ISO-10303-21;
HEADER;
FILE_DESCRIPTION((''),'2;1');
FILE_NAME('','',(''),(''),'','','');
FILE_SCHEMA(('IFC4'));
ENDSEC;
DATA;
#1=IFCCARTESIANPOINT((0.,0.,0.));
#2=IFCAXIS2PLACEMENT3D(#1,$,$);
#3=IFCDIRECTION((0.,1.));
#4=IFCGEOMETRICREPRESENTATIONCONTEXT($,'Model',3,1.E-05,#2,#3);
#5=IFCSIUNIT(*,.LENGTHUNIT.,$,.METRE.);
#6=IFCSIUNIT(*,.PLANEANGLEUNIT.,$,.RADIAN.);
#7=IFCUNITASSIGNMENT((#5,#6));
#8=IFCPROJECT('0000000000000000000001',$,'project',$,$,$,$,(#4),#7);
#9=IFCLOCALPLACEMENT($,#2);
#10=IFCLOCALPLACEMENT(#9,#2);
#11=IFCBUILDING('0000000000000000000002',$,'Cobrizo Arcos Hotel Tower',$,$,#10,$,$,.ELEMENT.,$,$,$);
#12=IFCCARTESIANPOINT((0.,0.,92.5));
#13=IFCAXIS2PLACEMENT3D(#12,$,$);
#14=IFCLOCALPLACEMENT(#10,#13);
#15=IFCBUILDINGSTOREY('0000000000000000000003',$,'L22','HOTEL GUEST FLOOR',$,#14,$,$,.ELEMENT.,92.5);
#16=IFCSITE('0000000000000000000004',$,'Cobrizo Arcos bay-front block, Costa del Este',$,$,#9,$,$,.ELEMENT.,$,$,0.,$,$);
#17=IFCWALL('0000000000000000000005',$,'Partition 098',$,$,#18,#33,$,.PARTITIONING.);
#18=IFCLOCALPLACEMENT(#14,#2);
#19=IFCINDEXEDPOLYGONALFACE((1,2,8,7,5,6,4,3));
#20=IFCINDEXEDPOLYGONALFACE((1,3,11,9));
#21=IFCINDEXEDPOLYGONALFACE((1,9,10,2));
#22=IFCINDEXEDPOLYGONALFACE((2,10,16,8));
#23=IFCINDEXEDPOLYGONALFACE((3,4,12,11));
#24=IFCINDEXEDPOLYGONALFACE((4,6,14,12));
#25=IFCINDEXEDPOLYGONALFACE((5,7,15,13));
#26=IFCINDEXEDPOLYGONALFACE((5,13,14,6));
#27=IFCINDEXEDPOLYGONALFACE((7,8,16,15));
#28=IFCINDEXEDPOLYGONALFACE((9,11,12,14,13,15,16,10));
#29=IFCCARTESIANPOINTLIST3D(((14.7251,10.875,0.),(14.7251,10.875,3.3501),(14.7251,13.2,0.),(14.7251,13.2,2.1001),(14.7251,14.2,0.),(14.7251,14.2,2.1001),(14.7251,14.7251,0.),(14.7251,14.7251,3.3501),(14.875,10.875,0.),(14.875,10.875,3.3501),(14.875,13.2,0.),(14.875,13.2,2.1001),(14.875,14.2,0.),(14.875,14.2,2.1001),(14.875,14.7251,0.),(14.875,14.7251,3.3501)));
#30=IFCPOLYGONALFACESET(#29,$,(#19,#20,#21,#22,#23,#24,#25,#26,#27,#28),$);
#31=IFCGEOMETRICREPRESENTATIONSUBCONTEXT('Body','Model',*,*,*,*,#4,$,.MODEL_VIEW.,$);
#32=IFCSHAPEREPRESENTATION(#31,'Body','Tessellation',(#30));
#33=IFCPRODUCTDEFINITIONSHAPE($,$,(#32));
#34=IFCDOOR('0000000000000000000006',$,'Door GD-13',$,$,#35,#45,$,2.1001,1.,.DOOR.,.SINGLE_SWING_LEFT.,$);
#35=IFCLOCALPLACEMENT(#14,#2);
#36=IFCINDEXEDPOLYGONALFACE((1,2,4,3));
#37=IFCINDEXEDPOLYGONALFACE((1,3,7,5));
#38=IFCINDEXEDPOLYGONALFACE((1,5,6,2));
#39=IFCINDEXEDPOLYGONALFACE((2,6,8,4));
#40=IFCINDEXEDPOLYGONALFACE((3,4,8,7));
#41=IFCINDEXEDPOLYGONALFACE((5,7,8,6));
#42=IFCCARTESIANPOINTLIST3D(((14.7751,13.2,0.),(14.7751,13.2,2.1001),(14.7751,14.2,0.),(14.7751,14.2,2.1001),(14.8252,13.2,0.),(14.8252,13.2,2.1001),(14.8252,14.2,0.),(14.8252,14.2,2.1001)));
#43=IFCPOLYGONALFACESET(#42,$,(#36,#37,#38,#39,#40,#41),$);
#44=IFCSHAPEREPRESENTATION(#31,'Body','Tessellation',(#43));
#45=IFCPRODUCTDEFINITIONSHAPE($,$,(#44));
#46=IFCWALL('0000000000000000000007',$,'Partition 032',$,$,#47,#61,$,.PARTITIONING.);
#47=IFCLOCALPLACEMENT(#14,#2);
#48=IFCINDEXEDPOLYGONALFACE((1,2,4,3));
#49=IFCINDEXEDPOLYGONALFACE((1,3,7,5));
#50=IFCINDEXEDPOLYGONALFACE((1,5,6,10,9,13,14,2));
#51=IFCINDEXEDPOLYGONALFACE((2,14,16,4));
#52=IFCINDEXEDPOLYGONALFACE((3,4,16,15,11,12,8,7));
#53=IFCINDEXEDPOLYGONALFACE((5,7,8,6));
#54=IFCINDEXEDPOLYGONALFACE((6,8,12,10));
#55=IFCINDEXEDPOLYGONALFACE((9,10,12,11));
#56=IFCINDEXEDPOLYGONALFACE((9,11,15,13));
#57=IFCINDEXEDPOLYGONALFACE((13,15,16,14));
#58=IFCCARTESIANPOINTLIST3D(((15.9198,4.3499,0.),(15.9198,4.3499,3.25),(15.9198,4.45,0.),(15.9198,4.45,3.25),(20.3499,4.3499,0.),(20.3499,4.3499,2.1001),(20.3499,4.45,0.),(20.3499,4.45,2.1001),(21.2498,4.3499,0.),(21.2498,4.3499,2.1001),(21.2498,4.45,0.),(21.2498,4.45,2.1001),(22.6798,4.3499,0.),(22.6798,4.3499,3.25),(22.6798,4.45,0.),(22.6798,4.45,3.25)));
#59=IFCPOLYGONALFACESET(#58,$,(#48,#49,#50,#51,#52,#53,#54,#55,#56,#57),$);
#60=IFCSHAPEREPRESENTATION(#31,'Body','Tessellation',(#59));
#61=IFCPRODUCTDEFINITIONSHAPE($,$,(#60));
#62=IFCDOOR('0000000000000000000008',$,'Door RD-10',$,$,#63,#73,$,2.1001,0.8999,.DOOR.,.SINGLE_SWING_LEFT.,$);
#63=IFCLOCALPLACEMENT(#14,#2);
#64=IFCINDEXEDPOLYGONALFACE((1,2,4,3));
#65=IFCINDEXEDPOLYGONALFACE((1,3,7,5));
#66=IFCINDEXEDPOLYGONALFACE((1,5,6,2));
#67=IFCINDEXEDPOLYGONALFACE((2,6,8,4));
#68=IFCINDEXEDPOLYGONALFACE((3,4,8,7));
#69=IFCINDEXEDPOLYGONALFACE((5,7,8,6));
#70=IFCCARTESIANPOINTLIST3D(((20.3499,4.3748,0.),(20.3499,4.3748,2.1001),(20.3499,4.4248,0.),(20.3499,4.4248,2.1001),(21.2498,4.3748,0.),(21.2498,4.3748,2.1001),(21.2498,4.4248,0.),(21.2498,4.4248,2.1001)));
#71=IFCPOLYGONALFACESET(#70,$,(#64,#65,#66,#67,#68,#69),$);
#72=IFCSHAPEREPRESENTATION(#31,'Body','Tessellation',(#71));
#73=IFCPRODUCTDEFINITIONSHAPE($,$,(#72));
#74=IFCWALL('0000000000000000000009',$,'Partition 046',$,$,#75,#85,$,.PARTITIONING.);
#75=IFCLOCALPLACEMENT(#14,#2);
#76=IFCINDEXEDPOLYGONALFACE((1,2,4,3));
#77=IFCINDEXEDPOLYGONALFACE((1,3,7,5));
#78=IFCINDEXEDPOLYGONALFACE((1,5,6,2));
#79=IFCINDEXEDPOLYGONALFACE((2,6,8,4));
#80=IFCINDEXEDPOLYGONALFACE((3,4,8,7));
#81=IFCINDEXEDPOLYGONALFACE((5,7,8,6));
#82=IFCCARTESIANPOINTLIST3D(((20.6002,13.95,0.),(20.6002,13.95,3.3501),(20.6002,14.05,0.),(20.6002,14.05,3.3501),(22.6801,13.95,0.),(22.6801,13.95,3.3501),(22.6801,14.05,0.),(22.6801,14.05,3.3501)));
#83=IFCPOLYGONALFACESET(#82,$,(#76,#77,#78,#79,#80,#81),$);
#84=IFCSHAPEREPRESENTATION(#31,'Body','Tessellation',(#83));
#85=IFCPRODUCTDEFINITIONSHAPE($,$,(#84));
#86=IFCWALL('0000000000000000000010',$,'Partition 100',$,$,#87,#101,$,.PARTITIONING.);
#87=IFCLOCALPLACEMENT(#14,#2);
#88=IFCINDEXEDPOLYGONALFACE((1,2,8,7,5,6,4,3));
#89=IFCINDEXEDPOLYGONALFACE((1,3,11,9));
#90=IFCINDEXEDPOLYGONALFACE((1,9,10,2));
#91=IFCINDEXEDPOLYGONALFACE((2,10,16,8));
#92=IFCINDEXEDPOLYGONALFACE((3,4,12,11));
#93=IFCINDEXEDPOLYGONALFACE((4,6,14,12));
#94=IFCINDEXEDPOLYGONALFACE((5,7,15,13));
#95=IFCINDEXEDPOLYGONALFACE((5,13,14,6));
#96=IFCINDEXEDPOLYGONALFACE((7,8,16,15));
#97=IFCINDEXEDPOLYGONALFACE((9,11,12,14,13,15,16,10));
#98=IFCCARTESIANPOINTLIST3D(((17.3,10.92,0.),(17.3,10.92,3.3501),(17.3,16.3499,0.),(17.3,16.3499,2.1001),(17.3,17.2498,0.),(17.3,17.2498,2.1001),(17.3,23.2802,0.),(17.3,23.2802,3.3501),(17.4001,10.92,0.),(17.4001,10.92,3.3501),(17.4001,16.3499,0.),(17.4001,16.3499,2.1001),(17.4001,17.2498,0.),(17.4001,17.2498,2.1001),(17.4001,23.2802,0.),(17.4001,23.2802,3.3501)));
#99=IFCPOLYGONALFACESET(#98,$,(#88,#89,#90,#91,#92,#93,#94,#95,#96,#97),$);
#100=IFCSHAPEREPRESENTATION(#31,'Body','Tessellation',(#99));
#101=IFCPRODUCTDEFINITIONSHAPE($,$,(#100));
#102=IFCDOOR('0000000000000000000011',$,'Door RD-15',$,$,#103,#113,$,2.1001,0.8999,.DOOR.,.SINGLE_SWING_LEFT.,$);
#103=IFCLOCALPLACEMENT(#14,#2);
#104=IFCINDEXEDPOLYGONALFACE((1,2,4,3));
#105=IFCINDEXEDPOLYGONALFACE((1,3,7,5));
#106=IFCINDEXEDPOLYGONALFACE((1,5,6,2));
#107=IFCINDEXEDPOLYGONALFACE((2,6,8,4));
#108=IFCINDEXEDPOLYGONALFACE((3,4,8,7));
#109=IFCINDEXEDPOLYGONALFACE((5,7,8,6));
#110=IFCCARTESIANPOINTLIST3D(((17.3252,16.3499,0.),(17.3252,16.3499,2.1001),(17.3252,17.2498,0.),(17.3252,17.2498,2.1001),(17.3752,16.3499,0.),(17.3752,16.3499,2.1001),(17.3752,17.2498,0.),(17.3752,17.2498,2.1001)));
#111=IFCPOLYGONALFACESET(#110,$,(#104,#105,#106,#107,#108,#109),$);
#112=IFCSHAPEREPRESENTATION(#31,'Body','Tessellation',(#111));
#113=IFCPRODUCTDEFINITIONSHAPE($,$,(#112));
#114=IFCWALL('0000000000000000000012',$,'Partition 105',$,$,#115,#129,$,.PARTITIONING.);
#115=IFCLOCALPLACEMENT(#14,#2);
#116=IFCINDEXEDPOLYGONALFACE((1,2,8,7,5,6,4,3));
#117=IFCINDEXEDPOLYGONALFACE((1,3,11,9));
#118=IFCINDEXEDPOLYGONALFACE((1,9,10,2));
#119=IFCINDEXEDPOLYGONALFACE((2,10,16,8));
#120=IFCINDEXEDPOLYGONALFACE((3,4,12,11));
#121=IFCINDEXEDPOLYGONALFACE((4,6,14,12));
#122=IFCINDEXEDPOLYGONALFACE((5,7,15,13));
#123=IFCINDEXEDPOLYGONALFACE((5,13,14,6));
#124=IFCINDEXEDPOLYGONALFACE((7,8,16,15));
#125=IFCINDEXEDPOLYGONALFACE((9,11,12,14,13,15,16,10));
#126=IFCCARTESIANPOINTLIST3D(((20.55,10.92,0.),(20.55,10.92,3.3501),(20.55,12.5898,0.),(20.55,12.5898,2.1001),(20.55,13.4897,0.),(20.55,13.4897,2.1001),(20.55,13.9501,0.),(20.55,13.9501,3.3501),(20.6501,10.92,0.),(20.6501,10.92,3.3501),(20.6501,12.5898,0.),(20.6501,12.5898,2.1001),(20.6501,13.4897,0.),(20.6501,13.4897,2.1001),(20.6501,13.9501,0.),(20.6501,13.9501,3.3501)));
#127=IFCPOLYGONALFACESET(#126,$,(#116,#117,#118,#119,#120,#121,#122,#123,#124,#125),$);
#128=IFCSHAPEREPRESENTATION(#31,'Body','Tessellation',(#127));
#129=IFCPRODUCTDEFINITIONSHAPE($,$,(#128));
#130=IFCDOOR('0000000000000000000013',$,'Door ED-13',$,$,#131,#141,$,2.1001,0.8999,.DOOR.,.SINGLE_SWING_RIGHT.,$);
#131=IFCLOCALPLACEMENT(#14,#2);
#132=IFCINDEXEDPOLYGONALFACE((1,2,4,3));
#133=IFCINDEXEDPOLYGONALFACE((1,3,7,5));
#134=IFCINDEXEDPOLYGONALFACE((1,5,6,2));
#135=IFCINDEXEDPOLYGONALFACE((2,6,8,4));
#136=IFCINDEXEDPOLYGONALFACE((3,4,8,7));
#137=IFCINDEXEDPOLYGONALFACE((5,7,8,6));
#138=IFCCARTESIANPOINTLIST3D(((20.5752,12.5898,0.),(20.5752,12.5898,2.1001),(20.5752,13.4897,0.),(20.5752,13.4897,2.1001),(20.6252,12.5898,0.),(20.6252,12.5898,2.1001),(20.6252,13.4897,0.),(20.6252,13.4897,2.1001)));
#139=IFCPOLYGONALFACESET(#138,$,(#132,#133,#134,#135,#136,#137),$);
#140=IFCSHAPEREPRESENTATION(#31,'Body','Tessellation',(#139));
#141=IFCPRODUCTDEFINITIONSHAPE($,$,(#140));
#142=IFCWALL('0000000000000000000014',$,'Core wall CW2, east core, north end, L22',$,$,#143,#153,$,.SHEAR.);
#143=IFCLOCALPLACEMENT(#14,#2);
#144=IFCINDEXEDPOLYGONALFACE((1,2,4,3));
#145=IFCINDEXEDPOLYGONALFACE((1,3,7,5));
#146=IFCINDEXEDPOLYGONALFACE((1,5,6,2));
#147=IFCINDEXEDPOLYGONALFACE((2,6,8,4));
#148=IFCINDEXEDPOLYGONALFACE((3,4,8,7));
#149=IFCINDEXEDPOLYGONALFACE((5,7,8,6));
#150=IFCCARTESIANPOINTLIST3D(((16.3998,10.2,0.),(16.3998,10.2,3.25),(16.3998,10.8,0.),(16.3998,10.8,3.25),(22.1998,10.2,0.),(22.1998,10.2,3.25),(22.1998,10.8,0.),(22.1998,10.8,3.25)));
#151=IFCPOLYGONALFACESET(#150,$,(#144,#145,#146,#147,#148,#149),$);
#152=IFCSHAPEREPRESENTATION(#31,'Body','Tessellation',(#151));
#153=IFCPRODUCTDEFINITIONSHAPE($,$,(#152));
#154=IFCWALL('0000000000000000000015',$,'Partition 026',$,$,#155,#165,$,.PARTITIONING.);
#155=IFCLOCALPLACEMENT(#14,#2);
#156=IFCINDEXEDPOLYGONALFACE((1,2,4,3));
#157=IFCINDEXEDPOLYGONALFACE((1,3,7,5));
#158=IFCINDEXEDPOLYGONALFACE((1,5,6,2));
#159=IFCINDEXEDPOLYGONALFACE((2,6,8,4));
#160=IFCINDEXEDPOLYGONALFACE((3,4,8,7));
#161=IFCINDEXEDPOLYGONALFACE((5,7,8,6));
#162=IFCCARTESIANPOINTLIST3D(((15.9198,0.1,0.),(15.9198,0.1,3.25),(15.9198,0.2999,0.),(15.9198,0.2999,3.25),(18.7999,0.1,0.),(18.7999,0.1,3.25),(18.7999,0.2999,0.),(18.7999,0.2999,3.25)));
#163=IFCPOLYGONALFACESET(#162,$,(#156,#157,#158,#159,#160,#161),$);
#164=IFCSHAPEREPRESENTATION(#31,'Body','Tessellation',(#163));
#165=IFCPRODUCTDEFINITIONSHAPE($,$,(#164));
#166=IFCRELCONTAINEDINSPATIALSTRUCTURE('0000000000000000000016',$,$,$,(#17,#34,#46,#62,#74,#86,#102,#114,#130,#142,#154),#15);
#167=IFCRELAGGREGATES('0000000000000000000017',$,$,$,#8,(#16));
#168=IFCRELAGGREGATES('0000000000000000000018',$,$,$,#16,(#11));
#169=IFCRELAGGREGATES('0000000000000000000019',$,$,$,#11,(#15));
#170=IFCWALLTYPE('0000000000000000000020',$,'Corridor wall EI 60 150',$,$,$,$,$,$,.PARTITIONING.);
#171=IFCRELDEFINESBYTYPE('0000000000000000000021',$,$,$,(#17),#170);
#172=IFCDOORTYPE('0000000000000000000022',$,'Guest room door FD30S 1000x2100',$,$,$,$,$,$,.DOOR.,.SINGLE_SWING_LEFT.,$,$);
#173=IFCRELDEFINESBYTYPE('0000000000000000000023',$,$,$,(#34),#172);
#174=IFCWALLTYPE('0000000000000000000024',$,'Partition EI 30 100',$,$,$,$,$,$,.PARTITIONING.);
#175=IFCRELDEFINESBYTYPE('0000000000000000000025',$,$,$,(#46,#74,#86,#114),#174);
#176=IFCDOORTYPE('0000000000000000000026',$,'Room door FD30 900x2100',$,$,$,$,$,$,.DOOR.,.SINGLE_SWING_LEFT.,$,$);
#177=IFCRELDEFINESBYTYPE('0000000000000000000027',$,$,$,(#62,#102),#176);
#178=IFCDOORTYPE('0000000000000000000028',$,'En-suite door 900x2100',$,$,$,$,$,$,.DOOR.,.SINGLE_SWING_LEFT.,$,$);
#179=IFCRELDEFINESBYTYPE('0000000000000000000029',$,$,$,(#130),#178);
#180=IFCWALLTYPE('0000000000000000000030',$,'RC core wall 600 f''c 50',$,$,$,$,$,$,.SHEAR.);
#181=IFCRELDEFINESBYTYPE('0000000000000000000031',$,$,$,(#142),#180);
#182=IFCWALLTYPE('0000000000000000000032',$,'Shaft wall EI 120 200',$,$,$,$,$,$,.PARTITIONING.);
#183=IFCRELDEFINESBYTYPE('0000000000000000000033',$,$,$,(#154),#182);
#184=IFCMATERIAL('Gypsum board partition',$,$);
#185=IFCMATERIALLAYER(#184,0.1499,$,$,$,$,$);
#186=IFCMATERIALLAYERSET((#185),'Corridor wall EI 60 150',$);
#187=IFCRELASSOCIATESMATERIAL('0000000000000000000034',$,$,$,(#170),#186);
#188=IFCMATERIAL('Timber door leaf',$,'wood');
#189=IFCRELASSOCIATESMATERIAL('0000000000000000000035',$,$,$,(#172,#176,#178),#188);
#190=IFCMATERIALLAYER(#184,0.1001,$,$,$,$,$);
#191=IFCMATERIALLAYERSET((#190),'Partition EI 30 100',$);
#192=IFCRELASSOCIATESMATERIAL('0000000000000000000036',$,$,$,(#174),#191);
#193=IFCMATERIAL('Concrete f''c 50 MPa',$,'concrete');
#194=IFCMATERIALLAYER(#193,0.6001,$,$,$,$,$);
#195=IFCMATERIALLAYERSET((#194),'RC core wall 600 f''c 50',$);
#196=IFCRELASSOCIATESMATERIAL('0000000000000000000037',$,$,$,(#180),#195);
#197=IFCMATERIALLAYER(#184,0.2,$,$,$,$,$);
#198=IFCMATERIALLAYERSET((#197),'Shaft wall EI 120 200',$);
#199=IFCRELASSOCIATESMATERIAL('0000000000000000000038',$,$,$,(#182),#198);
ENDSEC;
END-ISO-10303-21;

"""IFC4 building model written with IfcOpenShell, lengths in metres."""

from ifc_helpers import new_model, si_unit, direction, frame, frame_2d, origin, place, context, subcontext, project, spatial, rectangle, extrude, material, layer, layer_set, type_object, element, fill, save


model = new_model("IFC4")

# Units and contexts
model_context = context("Model", 3, precision=1e-05, world=origin(), true_north=direction((0.0, 1.0)))
body_context = subcontext(model_context, "Body", "Model", "MODEL_VIEW")
ifc_project = project(units=[si_unit("LENGTHUNIT", "METRE"), si_unit("PLANEANGLEUNIT", "RADIAN")], contexts=[model_context])

# Site, building, storey
site_placement = place(None, origin())
site = spatial("IfcSite", under=ifc_project, at=site_placement, Name="Cobrizo Arcos bay-front block, Costa del Este", CompositionType="ELEMENT", RefElevation=0.0)
building_placement = place(site_placement, origin())
building = spatial("IfcBuilding", under=site, at=building_placement, Name="Cobrizo Arcos Hotel Tower", CompositionType="ELEMENT")
storey_placement = place(building_placement, frame((0.0, 0.0, 92.5)))
storey = spatial("IfcBuildingStorey", under=building, at=storey_placement, Name="L22", Description="HOTEL GUEST FLOOR", CompositionType="ELEMENT", Elevation=92.5)

# Shared definitions
ifc_material_1 = material(Name="Gypsum board partition")
ifc_layer_1 = layer(ifc_material_1, 0.1499)
ifc_layer_set_1 = layer_set([ifc_layer_1], Name="Corridor wall EI 60 150")
wall_type_1 = type_object("IfcWallType", Name="Corridor wall EI 60 150", PredefinedType="PARTITIONING", material=ifc_layer_set_1)

# Walls, openings, doors
wall_1_placement = place(storey_placement, frame((14.8, 10.875, 0.0), z_axis=(0.0, 0.0, 1.0), x_axis=(0.0, 1.0, 0.0)))
wall_1 = element("IfcWall", 1, at=wall_1_placement, inside=storey, type_object=wall_type_1, Name="Partition 098", PredefinedType="PARTITIONING", context=body_context, shape_type="SweptSolid", body=[
    extrude(rectangle(XDim=3.8501, YDim=0.1499, at=frame_2d((1.925, 0.0))), origin(), (0.0, 0.0, 1.0), 3.3501),
])
opening_1_placement = place(wall_1_placement, frame((2.325, 0.0, 0.0)))
opening_1 = element("IfcOpeningElement", 2, at=opening_1_placement, cuts=wall_1, PredefinedType="OPENING", context=body_context, shape_type="SweptSolid", body=[
    extrude(rectangle(XDim=1.0, YDim=2.1001, at=frame_2d((0.5, 1.05))), frame((0.0, 0.0869, 0.0), z_axis=(0.0, -1.0, 0.0), x_axis=(1.0, 0.0, 0.0)), (0.0, 0.0, 1.0), 0.1738),
])
ifc_material_2 = material(Name="Timber door leaf", Category="wood")
door_type_1 = type_object("IfcDoorType", Name="Guest room door FD30S 1000x2100", OperationType="SINGLE_SWING_LEFT", PredefinedType="DOOR", material=ifc_material_2)
door_1_placement = place(opening_1_placement, origin())
door_1 = element("IfcDoor", 3, at=door_1_placement, inside=storey, type_object=door_type_1, Name="Door GD-13", OperationType="SINGLE_SWING_LEFT", OverallHeight=2.1001, OverallWidth=1.0, PredefinedType="DOOR", context=body_context, shape_type="SweptSolid", body=[
    extrude(rectangle(XDim=1.0, YDim=2.1001, at=frame_2d((0.5, 1.05))), frame((0.0, 0.0249, 0.0), z_axis=(0.0, -1.0, 0.0), x_axis=(1.0, 0.0, 0.0)), (0.0, 0.0, 1.0), 0.05),
])
fill(opening_1, door_1)
ifc_layer_2 = layer(ifc_material_1, 0.1001)
ifc_layer_set_2 = layer_set([ifc_layer_2], Name="Partition EI 30 100")
wall_type_2 = type_object("IfcWallType", Name="Partition EI 30 100", PredefinedType="PARTITIONING", material=ifc_layer_set_2)
wall_2_placement = place(storey_placement, frame((15.9199, 4.3999, 0.0), z_axis=(0.0, 0.0, 1.0), x_axis=(1.0, 0.0, 0.0)))
wall_2 = element("IfcWall", 4, at=wall_2_placement, inside=storey, type_object=wall_type_2, Name="Partition 032", PredefinedType="PARTITIONING", context=body_context, shape_type="SweptSolid", body=[
    extrude(rectangle(XDim=6.76, YDim=0.1001, at=frame_2d((3.3799, 0.0))), origin(), (0.0, 0.0, 1.0), 3.25),
])
opening_2_placement = place(wall_2_placement, frame((4.4299, 0.0, 0.0)))
opening_2 = element("IfcOpeningElement", 5, at=opening_2_placement, cuts=wall_2, PredefinedType="OPENING", context=body_context, shape_type="SweptSolid", body=[
    extrude(rectangle(XDim=0.8999, YDim=2.1001, at=frame_2d((0.45, 1.05))), frame((0.0, 0.062, 0.0), z_axis=(0.0, -1.0, 0.0), x_axis=(1.0, 0.0, 0.0)), (0.0, 0.0, 1.0), 0.124),
])
door_type_2 = type_object("IfcDoorType", Name="Room door FD30 900x2100", OperationType="SINGLE_SWING_LEFT", PredefinedType="DOOR", material=ifc_material_2)
door_2_placement = place(opening_2_placement, origin())
door_2 = element("IfcDoor", 6, at=door_2_placement, inside=storey, type_object=door_type_2, Name="Door RD-10", OperationType="SINGLE_SWING_LEFT", OverallHeight=2.1001, OverallWidth=0.8999, PredefinedType="DOOR", context=body_context, shape_type="SweptSolid", body=[
    extrude(rectangle(XDim=0.8999, YDim=2.1001, at=frame_2d((0.45, 1.05))), frame((0.0, 0.0249, 0.0), z_axis=(0.0, -1.0, 0.0), x_axis=(1.0, 0.0, 0.0)), (0.0, 0.0, 1.0), 0.05),
])
fill(opening_2, door_2)

# Wall
wall_3_placement = place(storey_placement, frame((20.6001, 14.0, 0.0), z_axis=(0.0, 0.0, 1.0), x_axis=(1.0, 0.0, 0.0)))
element("IfcWall", 7, at=wall_3_placement, inside=storey, type_object=wall_type_2, Name="Partition 046", PredefinedType="PARTITIONING", context=body_context, shape_type="SweptSolid", body=[
    extrude(rectangle(XDim=2.0798, YDim=0.1001, at=frame_2d((1.04, 0.0))), origin(), (0.0, 0.0, 1.0), 3.3501),
])

# Walls, openings, doors
wall_4_placement = place(storey_placement, frame((17.3501, 10.9199, 0.0), z_axis=(0.0, 0.0, 1.0), x_axis=(0.0, 1.0, 0.0)))
wall_4 = element("IfcWall", 8, at=wall_4_placement, inside=storey, type_object=wall_type_2, Name="Partition 100", PredefinedType="PARTITIONING", context=body_context, shape_type="SweptSolid", body=[
    extrude(rectangle(XDim=12.3601, YDim=0.1001, at=frame_2d((6.1802, 0.0))), origin(), (0.0, 0.0, 1.0), 3.3501),
])
opening_3_placement = place(wall_4_placement, frame((5.4299, 0.0, 0.0)))
opening_3 = element("IfcOpeningElement", 9, at=opening_3_placement, cuts=wall_4, PredefinedType="OPENING", context=body_context, shape_type="SweptSolid", body=[
    extrude(rectangle(XDim=0.8999, YDim=2.1001, at=frame_2d((0.45, 1.05))), frame((0.0, 0.062, 0.0), z_axis=(0.0, -1.0, 0.0), x_axis=(1.0, 0.0, 0.0)), (0.0, 0.0, 1.0), 0.124),
])
door_3_placement = place(opening_3_placement, origin())
door_3 = element("IfcDoor", 10, at=door_3_placement, inside=storey, type_object=door_type_2, Name="Door RD-15", OperationType="SINGLE_SWING_LEFT", OverallHeight=2.1001, OverallWidth=0.8999, PredefinedType="DOOR", context=body_context, shape_type="SweptSolid", body=[
    extrude(rectangle(XDim=0.8999, YDim=2.1001, at=frame_2d((0.45, 1.05))), frame((0.0, 0.0249, 0.0), z_axis=(0.0, -1.0, 0.0), x_axis=(1.0, 0.0, 0.0)), (0.0, 0.0, 1.0), 0.05),
])
fill(opening_3, door_3)
wall_5_placement = place(storey_placement, frame((20.6001, 10.9199, 0.0), z_axis=(0.0, 0.0, 1.0), x_axis=(0.0, 1.0, 0.0)))
wall_5 = element("IfcWall", 11, at=wall_5_placement, inside=storey, type_object=wall_type_2, Name="Partition 105", PredefinedType="PARTITIONING", context=body_context, shape_type="SweptSolid", body=[
    extrude(rectangle(XDim=3.03, YDim=0.1001, at=frame_2d((1.5151, 0.0))), origin(), (0.0, 0.0, 1.0), 3.3501),
])
opening_4_placement = place(wall_5_placement, frame((1.6699, 0.0, 0.0)))
opening_4 = element("IfcOpeningElement", 12, at=opening_4_placement, cuts=wall_5, PredefinedType="OPENING", context=body_context, shape_type="SweptSolid", body=[
    extrude(rectangle(XDim=0.8999, YDim=2.1001, at=frame_2d((0.45, 1.05))), frame((0.0, 0.062, 0.0), z_axis=(0.0, -1.0, 0.0), x_axis=(1.0, 0.0, 0.0)), (0.0, 0.0, 1.0), 0.124),
])
door_type_3 = type_object("IfcDoorType", Name="En-suite door 900x2100", OperationType="SINGLE_SWING_LEFT", PredefinedType="DOOR", material=ifc_material_2)
door_4_placement = place(opening_4_placement, origin())
door_4 = element("IfcDoor", 13, at=door_4_placement, inside=storey, type_object=door_type_3, Name="Door ED-13", OperationType="SINGLE_SWING_RIGHT", OverallHeight=2.1001, OverallWidth=0.8999, PredefinedType="DOOR", context=body_context, shape_type="SweptSolid", body=[
    extrude(rectangle(XDim=0.8999, YDim=2.1001, at=frame_2d((0.45, 1.05))), frame((0.0, 0.0249, 0.0), z_axis=(0.0, -1.0, 0.0), x_axis=(1.0, 0.0, 0.0)), (0.0, 0.0, 1.0), 0.05),
])
fill(opening_4, door_4)

# Walls
ifc_material_3 = material(Name="Concrete f'c 50 MPa", Category="concrete")
ifc_layer_3 = layer(ifc_material_3, 0.6001)
ifc_layer_set_3 = layer_set([ifc_layer_3], Name="RC core wall 600 f'c 50")
wall_type_3 = type_object("IfcWallType", Name="RC core wall 600 f'c 50", PredefinedType="SHEAR", material=ifc_layer_set_3)
wall_6_placement = place(storey_placement, frame((16.3999, 10.5, 0.0), z_axis=(0.0, 0.0, 1.0), x_axis=(1.0, 0.0, 0.0)))
element("IfcWall", 14, at=wall_6_placement, inside=storey, type_object=wall_type_3, Name="Core wall CW2, east core, north end, L22", PredefinedType="SHEAR", context=body_context, shape_type="SweptSolid", body=[
    extrude(rectangle(XDim=5.8, YDim=0.6001, at=frame_2d((2.8999, 0.0))), origin(), (0.0, 0.0, 1.0), 3.25),
])
ifc_layer_4 = layer(ifc_material_1, 0.2)
ifc_layer_set_4 = layer_set([ifc_layer_4], Name="Shaft wall EI 120 200")
wall_type_4 = type_object("IfcWallType", Name="Shaft wall EI 120 200", PredefinedType="PARTITIONING", material=ifc_layer_set_4)
for number, where, z_axis, x_axis, name in (
    (15, (15.9199, 0.2, 0.0), (0.0, 0.0, 1.0), (1.0, 0.0, 0.0), "Partition 026"),
):
    element("IfcWall", number, at=place(storey_placement, frame(where, z_axis=z_axis, x_axis=x_axis)), inside=storey, type_object=wall_type_4, Name=name, PredefinedType="PARTITIONING", context=body_context, shape_type="SweptSolid", body=[
        extrude(rectangle(XDim=2.8801, YDim=0.2, at=frame_2d((1.4399, 0.0))), origin(), (0.0, 0.0, 1.0), 3.25),
    ])

save(model, "model.ifc")
